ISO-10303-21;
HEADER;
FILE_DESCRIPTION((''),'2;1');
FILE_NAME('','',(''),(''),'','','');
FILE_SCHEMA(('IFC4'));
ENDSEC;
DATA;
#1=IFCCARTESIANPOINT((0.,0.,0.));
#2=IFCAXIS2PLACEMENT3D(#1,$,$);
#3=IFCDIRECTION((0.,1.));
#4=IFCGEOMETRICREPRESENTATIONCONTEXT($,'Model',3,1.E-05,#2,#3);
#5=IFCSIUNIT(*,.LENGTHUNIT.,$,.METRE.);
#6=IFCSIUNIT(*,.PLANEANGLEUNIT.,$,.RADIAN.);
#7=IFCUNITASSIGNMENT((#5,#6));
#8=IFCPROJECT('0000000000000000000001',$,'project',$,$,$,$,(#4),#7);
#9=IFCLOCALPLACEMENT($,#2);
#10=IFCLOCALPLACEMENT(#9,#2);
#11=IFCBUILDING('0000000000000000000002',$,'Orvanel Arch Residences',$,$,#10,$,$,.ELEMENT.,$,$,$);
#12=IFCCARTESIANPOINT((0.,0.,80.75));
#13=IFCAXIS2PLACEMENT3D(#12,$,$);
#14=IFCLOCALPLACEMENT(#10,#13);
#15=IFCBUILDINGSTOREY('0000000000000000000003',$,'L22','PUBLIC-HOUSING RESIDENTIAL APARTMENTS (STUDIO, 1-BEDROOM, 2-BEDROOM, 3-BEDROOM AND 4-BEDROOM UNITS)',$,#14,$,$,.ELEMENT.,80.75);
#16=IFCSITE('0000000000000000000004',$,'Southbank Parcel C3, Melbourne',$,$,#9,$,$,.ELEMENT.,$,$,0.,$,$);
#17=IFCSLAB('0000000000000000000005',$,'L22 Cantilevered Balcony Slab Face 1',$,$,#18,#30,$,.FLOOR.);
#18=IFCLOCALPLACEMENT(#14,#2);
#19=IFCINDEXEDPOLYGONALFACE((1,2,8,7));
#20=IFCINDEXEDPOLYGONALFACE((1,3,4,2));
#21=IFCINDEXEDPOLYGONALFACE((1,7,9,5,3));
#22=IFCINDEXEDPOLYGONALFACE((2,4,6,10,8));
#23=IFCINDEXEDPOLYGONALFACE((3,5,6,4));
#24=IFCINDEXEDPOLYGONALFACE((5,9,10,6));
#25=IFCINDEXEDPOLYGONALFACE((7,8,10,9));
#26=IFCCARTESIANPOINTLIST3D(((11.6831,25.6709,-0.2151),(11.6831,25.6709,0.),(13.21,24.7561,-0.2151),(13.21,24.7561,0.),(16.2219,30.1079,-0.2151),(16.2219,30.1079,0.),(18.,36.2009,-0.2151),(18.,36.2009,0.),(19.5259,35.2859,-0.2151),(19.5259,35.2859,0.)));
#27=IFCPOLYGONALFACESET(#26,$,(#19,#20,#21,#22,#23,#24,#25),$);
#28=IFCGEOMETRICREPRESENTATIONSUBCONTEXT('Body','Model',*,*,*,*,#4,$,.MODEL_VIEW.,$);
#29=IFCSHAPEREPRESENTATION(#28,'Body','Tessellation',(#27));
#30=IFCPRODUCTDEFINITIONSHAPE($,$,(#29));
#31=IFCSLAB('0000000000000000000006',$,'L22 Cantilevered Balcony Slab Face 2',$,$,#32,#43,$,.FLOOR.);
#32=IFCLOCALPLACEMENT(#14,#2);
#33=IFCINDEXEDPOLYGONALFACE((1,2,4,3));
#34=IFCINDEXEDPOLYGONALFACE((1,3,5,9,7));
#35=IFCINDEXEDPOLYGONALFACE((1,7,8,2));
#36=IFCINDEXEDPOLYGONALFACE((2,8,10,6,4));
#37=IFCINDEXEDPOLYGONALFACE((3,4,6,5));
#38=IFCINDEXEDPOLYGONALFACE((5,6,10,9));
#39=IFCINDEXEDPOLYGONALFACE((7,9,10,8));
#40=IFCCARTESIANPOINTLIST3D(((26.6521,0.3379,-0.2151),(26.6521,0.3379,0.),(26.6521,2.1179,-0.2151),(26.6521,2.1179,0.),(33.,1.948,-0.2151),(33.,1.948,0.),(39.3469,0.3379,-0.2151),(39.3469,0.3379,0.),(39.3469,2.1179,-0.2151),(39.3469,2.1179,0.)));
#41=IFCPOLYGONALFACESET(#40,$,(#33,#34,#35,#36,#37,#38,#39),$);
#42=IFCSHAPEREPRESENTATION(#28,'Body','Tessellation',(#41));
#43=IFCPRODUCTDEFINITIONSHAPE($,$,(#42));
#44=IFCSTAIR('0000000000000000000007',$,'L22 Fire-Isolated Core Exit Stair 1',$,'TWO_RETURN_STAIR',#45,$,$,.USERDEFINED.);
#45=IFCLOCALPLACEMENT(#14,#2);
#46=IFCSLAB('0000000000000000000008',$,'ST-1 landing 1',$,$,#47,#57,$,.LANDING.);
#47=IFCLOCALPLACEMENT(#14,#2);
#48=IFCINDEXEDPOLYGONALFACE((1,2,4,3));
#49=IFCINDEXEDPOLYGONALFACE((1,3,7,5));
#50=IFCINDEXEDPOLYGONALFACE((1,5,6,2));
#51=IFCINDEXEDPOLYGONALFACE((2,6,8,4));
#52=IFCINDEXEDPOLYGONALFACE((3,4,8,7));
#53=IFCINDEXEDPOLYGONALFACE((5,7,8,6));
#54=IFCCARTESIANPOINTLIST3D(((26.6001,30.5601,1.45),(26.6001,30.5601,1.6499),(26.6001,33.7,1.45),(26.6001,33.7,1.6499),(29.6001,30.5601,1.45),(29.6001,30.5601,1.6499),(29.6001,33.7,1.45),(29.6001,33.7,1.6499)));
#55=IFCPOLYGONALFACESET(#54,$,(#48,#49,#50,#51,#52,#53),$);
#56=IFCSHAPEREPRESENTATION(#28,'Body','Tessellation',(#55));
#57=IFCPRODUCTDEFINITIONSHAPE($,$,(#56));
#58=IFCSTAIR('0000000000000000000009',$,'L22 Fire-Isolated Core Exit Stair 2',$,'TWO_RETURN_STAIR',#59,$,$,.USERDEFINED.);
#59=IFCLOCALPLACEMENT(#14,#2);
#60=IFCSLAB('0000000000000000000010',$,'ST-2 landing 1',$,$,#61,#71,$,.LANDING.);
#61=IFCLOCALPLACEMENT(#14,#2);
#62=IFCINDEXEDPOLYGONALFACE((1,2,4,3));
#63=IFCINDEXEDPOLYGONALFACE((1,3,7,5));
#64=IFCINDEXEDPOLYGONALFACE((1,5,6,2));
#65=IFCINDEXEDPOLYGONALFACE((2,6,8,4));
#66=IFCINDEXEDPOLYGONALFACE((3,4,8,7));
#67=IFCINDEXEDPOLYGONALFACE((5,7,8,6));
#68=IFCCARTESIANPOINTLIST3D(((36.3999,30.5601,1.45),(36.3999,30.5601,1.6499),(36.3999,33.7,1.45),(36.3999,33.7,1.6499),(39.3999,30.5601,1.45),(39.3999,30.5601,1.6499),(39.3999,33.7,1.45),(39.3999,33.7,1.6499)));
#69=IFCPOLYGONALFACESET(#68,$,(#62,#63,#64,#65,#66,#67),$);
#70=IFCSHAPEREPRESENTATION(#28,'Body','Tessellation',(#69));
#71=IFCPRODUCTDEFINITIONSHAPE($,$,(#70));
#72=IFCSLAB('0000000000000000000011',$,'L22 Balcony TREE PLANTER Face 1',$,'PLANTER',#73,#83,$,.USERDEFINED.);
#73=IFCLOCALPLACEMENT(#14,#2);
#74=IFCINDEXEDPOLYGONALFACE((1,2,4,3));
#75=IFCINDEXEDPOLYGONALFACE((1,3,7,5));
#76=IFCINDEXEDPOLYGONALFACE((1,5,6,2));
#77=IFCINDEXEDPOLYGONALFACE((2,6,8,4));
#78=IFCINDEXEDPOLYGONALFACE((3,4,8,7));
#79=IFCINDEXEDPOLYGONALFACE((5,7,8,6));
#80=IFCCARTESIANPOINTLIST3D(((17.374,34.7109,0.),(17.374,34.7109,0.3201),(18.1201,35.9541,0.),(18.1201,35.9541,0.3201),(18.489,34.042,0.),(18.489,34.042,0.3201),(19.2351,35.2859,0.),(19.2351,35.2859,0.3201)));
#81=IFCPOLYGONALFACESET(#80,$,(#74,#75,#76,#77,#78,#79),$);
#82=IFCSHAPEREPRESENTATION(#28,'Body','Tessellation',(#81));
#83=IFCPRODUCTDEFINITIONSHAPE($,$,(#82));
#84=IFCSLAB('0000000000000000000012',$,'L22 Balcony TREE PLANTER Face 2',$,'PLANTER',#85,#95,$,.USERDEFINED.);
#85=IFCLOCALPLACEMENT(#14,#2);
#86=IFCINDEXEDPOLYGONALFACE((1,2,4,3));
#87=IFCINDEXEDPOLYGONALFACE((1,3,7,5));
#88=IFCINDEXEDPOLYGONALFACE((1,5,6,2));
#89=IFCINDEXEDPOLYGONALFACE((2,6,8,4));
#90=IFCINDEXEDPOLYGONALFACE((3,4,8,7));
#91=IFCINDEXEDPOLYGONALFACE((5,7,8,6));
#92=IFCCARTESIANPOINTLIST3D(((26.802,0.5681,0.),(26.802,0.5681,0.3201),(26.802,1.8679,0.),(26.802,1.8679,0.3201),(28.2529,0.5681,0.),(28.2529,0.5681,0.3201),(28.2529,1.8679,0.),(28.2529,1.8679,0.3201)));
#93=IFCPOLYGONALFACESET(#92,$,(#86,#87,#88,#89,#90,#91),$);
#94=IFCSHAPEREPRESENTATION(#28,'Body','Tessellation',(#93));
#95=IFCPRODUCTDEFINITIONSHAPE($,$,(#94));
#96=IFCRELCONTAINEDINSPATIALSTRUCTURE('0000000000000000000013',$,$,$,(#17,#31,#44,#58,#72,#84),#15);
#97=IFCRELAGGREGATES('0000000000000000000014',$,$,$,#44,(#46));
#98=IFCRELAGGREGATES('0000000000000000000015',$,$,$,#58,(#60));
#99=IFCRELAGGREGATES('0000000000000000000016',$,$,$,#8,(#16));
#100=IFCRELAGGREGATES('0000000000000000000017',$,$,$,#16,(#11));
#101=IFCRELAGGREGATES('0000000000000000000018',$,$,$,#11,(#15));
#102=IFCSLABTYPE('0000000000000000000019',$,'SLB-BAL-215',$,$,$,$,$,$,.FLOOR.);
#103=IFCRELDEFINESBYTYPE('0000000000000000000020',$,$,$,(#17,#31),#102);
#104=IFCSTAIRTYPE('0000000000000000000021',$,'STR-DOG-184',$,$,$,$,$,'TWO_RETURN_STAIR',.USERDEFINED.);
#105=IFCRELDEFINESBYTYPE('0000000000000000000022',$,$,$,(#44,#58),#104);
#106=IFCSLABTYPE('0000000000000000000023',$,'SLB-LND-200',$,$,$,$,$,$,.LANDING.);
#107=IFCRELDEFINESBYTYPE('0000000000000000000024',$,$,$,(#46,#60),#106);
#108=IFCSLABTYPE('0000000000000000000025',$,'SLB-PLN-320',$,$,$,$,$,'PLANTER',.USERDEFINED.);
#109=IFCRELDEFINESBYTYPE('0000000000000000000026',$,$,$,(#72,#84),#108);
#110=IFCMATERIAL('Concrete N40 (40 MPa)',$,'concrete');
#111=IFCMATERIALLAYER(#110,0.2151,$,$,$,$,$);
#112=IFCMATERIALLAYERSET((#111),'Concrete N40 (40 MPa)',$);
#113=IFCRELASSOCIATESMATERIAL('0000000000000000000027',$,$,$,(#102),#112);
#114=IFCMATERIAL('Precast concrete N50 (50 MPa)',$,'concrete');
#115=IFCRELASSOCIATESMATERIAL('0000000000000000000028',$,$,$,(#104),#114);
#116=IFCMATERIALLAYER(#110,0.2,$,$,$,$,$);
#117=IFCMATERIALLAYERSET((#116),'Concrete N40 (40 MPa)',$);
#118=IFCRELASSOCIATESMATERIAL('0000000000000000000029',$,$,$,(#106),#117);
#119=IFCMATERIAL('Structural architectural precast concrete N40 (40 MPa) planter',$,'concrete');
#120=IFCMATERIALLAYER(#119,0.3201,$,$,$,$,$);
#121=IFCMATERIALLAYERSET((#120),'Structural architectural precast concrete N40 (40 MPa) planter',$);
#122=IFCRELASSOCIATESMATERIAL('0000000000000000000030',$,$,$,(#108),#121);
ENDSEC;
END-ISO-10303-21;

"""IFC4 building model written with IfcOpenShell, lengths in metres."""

from ifc_helpers import new_model, si_unit, direction, frame, origin, place, context, subcontext, project, spatial, polyline, outline, extrude, material, layer, layer_set, type_object, element, aggregate, save


model = new_model("IFC4")

# Units and contexts
model_context = context("Model", 3, precision=1e-05, world=origin(), true_north=direction((0.0, 1.0)))
body_context = subcontext(model_context, "Body", "Model", "MODEL_VIEW")
ifc_project = project(units=[si_unit("LENGTHUNIT", "METRE"), si_unit("PLANEANGLEUNIT", "RADIAN")], contexts=[model_context])

# Site, building, storey
site_placement = place(None, origin())
site = spatial("IfcSite", under=ifc_project, at=site_placement, Name="Southbank Parcel C3, Melbourne", CompositionType="ELEMENT", RefElevation=0.0)
building_placement = place(site_placement, origin())
building = spatial("IfcBuilding", under=site, at=building_placement, Name="Orvanel Arch Residences", CompositionType="ELEMENT")
storey_placement = place(building_placement, frame((0.0, 0.0, 80.75)))
storey = spatial("IfcBuildingStorey", under=building, at=storey_placement, Name="L22", Description="PUBLIC-HOUSING RESIDENTIAL APARTMENTS (STUDIO, 1-BEDROOM, 2-BEDROOM, 3-BEDROOM AND 4-BEDROOM UNITS)", CompositionType="ELEMENT", Elevation=80.75)

# Slabs
ifc_material_1 = material(Name="Concrete N40 (40 MPa)", Category="concrete")
ifc_layer_1 = layer(ifc_material_1, 0.2151)
ifc_layer_set_1 = layer_set([ifc_layer_1], Name="Concrete N40 (40 MPa)")
slab_type_1 = type_object("IfcSlabType", Name="SLB-BAL-215", PredefinedType="FLOOR", material=ifc_layer_set_1)
slab_1_placement = place(storey_placement, frame((0.0, 0.0, -0.2151)))
element("IfcSlab", 1, at=slab_1_placement, inside=storey, type_object=slab_type_1, Name="L22 Cantilevered Balcony Slab Face 1", PredefinedType="FLOOR", context=body_context, shape_type="SweptSolid", body=[
    extrude(outline(polyline([(18.0, 36.2009), (11.6831, 25.6709), (13.21, 24.7561), (16.2219, 30.1079), (19.5259, 35.2859), (18.0, 36.2009)])), origin(), (0.0, 0.0, 1.0), 0.2151),
])
slab_2_placement = place(storey_placement, frame((0.0, 0.0, -0.2151)))
element("IfcSlab", 2, at=slab_2_placement, inside=storey, type_object=slab_type_1, Name="L22 Cantilevered Balcony Slab Face 2", PredefinedType="FLOOR", context=body_context, shape_type="SweptSolid", body=[
    extrude(outline(polyline([(26.6521, 0.3379), (39.3469, 0.3379), (39.3469, 2.1179), (33.0, 1.948), (26.6521, 2.1179), (26.6521, 0.3379)])), origin(), (0.0, 0.0, 1.0), 0.2151),
])

# Stairs, slabs
ifc_material_2 = material(Name="Precast concrete N50 (50 MPa)", Category="concrete")
stair_type = type_object("IfcStairType", Name="STR-DOG-184", ElementType="TWO_RETURN_STAIR", PredefinedType="USERDEFINED", material=ifc_material_2)
stair_1_placement = place(storey_placement, origin())
stair_1 = element("IfcStair", 3, at=stair_1_placement, inside=storey, type_object=stair_type, Name="L22 Fire-Isolated Core Exit Stair 1", ObjectType="TWO_RETURN_STAIR", PredefinedType="USERDEFINED")
ifc_layer_2 = layer(ifc_material_1, 0.2)
ifc_layer_set_2 = layer_set([ifc_layer_2], Name="Concrete N40 (40 MPa)")
slab_type_2 = type_object("IfcSlabType", Name="SLB-LND-200", PredefinedType="LANDING", material=ifc_layer_set_2)
slab_3_placement = place(storey_placement, frame((0.0, 0.0, 1.45)))
slab_3 = element("IfcSlab", 4, at=slab_3_placement, type_object=slab_type_2, Name="ST-1 landing 1", PredefinedType="LANDING", context=body_context, shape_type="SweptSolid", body=[
    extrude(outline(polyline([(29.6001, 30.5601), (29.6001, 33.7), (26.6001, 33.7), (26.6001, 30.5601), (29.6001, 30.5601)])), origin(), (0.0, 0.0, 1.0), 0.2),
])
aggregate(stair_1, [slab_3])
stair_2_placement = place(storey_placement, origin())
stair_2 = element("IfcStair", 5, at=stair_2_placement, inside=storey, type_object=stair_type, Name="L22 Fire-Isolated Core Exit Stair 2", ObjectType="TWO_RETURN_STAIR", PredefinedType="USERDEFINED")
slab_4_placement = place(storey_placement, frame((0.0, 0.0, 1.45)))
slab_4 = element("IfcSlab", 6, at=slab_4_placement, type_object=slab_type_2, Name="ST-2 landing 1", PredefinedType="LANDING", context=body_context, shape_type="SweptSolid", body=[
    extrude(outline(polyline([(39.3999, 30.5601), (39.3999, 33.7), (36.3999, 33.7), (36.3999, 30.5601), (39.3999, 30.5601)])), origin(), (0.0, 0.0, 1.0), 0.2),
])
aggregate(stair_2, [slab_4])

# Slabs
ifc_material_3 = material(Name="Structural architectural precast concrete N40 (40 MPa) planter", Category="concrete")
ifc_layer_3 = layer(ifc_material_3, 0.3201)
ifc_layer_set_3 = layer_set([ifc_layer_3], Name="Structural architectural precast concrete N40 (40 MPa) planter")
slab_type_3 = type_object("IfcSlabType", Name="SLB-PLN-320", ElementType="PLANTER", PredefinedType="USERDEFINED", material=ifc_layer_set_3)
slab_5_placement = place(storey_placement, origin())
element("IfcSlab", 7, at=slab_5_placement, inside=storey, type_object=slab_type_3, Name="L22 Balcony TREE PLANTER Face 1", ObjectType="PLANTER", PredefinedType="USERDEFINED", context=body_context, shape_type="SweptSolid", body=[
    extrude(outline(polyline([(18.1201, 35.9541), (17.374, 34.7109), (18.489, 34.042), (19.2351, 35.2859), (18.1201, 35.9541)])), origin(), (0.0, 0.0, 1.0), 0.3201),
])
slab_6_placement = place(storey_placement, origin())
element("IfcSlab", 8, at=slab_6_placement, inside=storey, type_object=slab_type_3, Name="L22 Balcony TREE PLANTER Face 2", ObjectType="PLANTER", PredefinedType="USERDEFINED", context=body_context, shape_type="SweptSolid", body=[
    extrude(outline(polyline([(26.802, 0.5681), (28.2529, 0.5681), (28.2529, 1.8679), (26.802, 1.8679), (26.802, 0.5681)])), origin(), (0.0, 0.0, 1.0), 0.3201),
])

save(model, "model.ifc")
